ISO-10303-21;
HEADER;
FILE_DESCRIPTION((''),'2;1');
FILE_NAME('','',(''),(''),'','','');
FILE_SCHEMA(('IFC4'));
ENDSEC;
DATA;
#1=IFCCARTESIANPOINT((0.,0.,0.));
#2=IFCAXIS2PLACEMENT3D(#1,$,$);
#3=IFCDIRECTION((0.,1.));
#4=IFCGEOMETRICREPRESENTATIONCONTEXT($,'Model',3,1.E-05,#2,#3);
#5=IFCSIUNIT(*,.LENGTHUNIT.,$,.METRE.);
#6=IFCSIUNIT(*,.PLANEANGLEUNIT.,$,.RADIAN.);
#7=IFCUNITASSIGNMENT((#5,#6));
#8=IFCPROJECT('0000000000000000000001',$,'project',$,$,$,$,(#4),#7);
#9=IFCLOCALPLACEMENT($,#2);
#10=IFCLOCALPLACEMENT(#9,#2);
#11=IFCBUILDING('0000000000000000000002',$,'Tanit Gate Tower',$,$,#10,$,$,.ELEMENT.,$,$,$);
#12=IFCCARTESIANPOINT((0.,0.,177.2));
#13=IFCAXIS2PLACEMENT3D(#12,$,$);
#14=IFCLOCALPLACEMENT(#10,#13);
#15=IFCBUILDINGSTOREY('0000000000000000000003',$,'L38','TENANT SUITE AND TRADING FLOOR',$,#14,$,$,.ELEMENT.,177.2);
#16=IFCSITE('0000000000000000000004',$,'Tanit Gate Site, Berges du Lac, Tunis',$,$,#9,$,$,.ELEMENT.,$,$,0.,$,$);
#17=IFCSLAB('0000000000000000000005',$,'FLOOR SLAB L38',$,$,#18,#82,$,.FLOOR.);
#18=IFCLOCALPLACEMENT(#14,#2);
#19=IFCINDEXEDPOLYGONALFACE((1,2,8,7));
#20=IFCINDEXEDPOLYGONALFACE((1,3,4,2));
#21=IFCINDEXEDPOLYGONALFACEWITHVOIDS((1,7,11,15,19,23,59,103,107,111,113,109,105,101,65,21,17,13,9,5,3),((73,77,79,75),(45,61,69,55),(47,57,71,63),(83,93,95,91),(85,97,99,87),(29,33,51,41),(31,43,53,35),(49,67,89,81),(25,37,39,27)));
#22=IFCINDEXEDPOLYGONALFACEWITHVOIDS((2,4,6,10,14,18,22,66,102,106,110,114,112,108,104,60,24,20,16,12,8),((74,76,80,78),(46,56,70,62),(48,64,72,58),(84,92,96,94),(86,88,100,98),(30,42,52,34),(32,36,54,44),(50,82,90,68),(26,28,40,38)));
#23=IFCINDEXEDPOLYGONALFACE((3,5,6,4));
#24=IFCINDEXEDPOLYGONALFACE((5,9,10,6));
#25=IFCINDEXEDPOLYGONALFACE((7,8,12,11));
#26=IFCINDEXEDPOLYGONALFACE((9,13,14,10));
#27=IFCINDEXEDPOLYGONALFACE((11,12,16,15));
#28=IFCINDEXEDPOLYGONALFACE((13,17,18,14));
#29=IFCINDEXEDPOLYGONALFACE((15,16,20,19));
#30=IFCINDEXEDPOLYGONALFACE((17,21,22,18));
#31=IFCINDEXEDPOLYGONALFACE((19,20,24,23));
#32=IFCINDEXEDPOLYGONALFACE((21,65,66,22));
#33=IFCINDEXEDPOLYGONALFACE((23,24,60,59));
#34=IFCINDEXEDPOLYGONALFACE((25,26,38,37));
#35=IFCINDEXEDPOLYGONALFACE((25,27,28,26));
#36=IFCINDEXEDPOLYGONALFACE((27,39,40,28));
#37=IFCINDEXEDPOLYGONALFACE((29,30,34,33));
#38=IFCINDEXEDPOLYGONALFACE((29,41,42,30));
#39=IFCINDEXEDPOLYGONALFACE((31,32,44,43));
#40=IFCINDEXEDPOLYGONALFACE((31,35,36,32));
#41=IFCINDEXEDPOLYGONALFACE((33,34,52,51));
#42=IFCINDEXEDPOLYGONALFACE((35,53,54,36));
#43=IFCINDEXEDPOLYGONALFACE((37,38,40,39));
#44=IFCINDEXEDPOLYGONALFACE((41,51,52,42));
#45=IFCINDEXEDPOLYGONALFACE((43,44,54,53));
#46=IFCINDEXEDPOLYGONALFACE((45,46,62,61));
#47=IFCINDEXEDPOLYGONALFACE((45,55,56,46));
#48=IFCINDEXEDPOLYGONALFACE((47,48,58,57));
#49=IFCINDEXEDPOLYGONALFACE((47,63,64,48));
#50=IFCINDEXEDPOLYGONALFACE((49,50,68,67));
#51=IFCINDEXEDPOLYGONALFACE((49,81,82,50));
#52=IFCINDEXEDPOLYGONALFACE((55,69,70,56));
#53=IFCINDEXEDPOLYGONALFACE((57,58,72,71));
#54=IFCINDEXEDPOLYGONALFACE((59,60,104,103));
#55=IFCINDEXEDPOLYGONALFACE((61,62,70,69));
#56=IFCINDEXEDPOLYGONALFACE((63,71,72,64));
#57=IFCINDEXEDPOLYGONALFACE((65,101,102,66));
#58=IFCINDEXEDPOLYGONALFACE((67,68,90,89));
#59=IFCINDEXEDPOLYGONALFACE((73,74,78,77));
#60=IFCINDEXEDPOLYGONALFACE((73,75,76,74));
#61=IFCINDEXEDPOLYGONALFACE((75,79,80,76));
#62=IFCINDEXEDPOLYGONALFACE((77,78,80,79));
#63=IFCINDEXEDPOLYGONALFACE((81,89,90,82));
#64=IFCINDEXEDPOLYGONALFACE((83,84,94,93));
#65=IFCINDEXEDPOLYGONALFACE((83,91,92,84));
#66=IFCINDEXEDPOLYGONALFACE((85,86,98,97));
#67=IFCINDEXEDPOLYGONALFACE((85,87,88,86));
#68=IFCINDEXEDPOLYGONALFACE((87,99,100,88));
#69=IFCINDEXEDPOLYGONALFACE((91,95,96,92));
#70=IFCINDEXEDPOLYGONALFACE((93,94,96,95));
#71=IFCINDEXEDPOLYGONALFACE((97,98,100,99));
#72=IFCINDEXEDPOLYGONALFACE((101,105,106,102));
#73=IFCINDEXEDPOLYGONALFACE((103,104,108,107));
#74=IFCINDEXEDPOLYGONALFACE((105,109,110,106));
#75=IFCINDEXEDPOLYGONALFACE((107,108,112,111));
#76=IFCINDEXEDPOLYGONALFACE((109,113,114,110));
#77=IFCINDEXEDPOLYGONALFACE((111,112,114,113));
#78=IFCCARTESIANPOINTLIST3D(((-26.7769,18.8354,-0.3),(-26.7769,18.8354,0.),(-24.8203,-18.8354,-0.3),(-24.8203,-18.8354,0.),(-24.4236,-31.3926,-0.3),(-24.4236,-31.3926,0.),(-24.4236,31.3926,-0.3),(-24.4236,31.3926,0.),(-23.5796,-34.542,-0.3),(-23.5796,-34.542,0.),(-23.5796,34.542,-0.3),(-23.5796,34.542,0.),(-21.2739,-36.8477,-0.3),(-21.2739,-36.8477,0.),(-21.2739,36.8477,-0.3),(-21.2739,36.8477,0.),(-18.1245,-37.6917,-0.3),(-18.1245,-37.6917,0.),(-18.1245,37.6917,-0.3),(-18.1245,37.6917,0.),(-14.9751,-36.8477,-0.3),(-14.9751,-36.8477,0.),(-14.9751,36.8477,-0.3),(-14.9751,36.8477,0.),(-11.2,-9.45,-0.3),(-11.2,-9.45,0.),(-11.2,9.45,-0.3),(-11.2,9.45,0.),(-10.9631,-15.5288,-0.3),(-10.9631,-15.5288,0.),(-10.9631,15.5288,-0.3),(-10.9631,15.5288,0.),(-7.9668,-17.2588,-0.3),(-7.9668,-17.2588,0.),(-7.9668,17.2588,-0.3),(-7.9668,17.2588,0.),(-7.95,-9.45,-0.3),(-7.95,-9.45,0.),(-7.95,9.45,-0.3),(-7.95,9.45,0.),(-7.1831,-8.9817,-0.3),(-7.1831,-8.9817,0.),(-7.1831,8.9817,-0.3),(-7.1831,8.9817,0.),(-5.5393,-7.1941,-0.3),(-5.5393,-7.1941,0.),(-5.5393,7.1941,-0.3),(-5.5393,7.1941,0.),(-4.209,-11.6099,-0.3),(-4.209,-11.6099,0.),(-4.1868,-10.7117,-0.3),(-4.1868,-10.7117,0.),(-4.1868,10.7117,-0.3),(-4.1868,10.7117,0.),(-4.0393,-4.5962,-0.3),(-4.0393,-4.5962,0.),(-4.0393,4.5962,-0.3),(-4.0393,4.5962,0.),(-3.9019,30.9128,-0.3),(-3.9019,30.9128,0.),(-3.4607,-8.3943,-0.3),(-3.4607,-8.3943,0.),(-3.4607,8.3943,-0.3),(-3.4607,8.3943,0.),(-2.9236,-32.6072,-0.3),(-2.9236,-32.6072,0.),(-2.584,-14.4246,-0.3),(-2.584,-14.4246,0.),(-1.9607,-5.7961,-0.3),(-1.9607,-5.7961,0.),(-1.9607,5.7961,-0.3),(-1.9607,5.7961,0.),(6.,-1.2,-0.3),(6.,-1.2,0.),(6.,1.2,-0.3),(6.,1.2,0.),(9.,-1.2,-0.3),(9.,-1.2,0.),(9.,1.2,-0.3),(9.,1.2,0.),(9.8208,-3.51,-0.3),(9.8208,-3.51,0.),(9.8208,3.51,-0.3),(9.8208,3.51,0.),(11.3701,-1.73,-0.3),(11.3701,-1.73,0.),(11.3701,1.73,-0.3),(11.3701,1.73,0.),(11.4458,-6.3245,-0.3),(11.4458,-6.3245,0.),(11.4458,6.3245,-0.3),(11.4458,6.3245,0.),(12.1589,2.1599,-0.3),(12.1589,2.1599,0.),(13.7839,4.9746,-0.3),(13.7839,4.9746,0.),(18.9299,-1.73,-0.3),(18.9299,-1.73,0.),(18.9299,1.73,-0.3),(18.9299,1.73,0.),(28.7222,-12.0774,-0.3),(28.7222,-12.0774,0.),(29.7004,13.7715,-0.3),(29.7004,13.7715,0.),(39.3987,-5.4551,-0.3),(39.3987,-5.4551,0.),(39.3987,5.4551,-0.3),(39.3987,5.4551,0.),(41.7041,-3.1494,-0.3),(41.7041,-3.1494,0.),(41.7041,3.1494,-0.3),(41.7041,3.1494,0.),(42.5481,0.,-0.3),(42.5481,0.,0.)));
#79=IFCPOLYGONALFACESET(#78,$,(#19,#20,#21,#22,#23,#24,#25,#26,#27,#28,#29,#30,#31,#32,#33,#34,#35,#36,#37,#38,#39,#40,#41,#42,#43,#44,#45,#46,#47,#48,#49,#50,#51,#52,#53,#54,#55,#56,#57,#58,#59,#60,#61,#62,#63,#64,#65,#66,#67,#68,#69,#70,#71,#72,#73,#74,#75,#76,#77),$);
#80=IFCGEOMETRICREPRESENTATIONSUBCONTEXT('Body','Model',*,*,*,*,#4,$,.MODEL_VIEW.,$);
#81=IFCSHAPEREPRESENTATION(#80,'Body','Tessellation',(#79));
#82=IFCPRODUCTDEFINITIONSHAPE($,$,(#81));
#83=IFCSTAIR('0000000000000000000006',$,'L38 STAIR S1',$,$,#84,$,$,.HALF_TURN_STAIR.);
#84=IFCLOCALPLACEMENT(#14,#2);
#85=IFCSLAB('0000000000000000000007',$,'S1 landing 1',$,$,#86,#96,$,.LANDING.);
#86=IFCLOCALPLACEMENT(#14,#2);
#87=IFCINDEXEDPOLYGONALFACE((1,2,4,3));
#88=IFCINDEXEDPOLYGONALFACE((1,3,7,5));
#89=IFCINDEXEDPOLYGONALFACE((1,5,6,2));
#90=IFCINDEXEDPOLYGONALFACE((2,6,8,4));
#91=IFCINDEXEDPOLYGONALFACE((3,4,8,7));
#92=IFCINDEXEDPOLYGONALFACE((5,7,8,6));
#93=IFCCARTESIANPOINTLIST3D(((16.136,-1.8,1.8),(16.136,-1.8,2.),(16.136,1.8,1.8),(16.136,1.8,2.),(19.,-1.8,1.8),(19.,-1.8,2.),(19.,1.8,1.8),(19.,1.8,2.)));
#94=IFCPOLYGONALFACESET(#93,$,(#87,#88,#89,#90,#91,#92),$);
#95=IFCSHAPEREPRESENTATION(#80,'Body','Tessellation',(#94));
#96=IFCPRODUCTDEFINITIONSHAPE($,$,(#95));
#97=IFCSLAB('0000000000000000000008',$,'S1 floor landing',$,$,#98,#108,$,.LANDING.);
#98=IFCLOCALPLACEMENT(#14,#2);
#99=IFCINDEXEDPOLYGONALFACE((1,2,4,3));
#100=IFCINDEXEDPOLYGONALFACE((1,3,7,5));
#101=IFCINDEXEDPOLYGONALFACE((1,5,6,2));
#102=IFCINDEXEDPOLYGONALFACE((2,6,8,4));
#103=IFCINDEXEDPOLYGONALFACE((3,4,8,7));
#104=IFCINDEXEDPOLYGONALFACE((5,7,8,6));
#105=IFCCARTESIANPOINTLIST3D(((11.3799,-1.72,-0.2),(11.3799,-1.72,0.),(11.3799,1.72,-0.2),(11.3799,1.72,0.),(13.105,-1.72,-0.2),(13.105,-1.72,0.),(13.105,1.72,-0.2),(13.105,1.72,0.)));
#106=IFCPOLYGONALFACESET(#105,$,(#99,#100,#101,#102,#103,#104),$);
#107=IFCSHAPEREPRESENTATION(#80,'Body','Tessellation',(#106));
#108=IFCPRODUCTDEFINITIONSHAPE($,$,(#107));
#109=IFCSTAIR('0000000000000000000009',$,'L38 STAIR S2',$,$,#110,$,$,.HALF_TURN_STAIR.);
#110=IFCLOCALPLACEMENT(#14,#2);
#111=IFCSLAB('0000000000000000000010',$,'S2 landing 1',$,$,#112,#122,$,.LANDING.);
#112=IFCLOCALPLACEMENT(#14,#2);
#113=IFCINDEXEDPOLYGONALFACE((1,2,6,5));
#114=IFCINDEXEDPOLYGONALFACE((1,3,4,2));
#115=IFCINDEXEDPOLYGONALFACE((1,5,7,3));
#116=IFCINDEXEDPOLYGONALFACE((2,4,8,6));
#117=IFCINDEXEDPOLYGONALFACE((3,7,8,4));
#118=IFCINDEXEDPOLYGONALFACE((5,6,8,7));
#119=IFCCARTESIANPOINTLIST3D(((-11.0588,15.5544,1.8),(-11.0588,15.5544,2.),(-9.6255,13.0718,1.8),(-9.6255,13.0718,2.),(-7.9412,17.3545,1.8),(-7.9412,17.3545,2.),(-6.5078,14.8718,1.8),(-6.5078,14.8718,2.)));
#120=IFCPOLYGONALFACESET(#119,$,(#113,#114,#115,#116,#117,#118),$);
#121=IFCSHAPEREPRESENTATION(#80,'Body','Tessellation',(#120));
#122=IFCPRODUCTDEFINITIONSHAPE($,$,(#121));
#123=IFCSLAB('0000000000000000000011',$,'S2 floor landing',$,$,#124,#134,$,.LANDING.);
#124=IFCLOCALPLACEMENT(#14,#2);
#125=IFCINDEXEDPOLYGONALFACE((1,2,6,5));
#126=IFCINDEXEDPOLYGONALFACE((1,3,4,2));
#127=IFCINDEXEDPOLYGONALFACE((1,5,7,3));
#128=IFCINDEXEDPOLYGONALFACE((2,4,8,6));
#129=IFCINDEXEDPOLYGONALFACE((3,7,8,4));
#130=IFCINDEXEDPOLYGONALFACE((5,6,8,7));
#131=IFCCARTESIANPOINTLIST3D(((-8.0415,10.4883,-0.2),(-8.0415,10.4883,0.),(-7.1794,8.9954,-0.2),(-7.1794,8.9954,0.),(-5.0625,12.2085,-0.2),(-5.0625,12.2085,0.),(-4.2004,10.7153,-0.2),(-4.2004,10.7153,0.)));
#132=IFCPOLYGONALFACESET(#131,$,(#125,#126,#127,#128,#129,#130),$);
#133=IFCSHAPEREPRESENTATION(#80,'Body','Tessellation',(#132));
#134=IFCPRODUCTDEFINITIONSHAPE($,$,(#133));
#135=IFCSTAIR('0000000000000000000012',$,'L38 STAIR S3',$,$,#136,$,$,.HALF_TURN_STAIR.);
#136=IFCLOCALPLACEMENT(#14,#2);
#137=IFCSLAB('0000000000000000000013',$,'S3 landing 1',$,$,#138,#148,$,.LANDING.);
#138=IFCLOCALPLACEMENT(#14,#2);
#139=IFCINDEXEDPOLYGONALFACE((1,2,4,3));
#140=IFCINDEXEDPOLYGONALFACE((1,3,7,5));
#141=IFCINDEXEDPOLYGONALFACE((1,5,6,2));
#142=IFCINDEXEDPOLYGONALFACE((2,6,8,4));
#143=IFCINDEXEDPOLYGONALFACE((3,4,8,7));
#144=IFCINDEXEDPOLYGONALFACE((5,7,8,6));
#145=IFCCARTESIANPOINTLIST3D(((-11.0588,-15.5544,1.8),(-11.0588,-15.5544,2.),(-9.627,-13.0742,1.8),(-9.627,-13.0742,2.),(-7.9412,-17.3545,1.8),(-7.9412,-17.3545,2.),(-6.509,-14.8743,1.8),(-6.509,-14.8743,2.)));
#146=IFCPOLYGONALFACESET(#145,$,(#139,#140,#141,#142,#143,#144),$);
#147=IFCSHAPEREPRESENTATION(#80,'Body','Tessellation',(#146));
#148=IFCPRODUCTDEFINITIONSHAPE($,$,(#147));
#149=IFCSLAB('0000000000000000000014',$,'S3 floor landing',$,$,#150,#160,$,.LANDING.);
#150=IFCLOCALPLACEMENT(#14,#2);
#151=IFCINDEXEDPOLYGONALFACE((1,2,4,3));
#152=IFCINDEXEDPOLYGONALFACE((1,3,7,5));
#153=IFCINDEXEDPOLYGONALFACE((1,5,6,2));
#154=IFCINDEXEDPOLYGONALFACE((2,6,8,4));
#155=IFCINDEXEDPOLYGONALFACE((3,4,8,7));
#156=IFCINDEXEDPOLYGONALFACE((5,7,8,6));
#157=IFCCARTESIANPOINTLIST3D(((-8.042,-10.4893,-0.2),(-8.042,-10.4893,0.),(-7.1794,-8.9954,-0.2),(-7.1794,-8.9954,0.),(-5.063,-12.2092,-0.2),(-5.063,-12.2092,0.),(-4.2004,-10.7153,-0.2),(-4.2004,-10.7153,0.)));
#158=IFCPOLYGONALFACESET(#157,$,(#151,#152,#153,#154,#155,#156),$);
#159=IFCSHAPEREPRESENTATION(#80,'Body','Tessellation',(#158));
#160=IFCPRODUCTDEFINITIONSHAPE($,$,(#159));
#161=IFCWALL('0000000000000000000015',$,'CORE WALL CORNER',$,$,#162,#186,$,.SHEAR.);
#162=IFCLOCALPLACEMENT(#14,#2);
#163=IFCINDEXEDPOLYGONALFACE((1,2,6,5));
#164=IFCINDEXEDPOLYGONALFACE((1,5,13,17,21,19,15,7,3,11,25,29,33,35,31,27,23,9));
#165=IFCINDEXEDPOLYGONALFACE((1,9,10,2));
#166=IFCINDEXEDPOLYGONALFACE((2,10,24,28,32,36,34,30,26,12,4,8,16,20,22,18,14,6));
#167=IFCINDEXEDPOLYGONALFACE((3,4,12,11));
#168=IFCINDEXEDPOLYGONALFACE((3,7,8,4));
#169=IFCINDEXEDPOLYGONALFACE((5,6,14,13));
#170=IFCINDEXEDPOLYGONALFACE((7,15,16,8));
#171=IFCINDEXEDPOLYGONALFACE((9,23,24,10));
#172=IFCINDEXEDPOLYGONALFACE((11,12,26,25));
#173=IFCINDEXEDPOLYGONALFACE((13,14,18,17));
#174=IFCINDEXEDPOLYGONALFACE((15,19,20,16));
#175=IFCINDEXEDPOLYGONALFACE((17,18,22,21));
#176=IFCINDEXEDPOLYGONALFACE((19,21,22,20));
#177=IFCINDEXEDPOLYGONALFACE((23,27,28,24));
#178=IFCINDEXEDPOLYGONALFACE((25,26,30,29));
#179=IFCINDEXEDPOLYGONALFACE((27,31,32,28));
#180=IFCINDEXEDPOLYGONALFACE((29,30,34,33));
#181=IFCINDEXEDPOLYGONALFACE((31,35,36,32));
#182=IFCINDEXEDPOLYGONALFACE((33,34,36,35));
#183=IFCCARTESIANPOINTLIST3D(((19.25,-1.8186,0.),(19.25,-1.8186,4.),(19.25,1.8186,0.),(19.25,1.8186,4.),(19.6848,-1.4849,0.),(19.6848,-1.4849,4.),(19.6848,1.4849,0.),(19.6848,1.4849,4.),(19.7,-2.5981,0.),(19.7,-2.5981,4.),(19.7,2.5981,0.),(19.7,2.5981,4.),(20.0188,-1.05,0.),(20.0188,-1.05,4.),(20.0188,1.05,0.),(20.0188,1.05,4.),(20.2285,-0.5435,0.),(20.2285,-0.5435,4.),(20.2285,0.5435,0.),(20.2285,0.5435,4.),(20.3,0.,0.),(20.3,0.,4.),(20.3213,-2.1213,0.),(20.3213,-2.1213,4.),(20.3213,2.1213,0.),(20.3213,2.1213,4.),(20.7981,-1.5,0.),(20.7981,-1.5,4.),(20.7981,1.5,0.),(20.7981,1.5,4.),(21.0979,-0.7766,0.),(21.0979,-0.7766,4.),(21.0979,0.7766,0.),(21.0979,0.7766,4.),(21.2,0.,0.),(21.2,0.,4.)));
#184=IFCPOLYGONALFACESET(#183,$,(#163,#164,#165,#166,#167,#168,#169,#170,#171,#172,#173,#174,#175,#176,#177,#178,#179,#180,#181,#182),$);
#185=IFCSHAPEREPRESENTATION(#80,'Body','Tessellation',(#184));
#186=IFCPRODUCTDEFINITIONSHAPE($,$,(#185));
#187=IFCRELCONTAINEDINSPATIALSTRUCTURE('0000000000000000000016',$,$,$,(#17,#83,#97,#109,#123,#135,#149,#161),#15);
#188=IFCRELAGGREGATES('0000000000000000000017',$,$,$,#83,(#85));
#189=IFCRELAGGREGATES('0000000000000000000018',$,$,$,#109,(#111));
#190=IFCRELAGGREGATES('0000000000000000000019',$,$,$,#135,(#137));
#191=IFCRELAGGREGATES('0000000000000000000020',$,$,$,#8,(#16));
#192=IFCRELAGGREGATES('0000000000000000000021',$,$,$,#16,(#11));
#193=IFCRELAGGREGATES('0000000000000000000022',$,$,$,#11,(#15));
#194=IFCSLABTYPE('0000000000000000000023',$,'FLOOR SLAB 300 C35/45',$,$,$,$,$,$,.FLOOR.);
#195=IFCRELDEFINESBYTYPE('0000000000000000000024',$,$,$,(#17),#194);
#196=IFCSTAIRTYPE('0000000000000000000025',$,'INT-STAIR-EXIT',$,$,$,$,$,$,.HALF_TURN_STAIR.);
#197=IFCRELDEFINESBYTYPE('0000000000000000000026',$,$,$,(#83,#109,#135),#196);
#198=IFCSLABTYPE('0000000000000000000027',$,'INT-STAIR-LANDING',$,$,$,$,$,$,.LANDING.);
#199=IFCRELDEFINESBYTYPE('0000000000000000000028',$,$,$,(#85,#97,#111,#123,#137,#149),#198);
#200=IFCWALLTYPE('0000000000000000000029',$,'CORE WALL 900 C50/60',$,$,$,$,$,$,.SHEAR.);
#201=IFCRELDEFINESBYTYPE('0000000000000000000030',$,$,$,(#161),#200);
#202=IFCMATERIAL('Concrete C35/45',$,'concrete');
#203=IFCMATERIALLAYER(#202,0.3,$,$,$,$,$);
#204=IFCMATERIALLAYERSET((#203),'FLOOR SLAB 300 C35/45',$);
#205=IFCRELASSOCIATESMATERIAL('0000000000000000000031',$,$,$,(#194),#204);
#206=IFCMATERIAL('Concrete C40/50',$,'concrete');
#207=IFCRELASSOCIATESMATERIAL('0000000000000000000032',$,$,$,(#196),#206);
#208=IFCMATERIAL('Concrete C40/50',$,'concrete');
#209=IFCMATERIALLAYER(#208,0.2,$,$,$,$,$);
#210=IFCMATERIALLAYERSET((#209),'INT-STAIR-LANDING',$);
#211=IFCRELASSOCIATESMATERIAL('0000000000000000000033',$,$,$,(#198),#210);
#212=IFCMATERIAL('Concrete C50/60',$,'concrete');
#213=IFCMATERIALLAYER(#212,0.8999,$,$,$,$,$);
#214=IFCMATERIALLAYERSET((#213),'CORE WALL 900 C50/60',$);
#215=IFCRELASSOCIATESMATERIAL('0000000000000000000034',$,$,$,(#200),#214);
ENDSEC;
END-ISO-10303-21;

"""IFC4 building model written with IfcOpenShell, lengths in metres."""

from ifc_helpers import new_model, si_unit, direction, frame, origin, place, context, subcontext, project, spatial, polyline, outline, extrude, material, layer, layer_set, type_object, element, aggregate, save


model = new_model("IFC4")

# Units and contexts
model_context = context("Model", 3, precision=1e-05, world=origin(), true_north=direction((0.0, 1.0)))
body_context = subcontext(model_context, "Body", "Model", "MODEL_VIEW")
ifc_project = project(units=[si_unit("LENGTHUNIT", "METRE"), si_unit("PLANEANGLEUNIT", "RADIAN")], contexts=[model_context])

# Site, building, storey
site_placement = place(None, origin())
site = spatial("IfcSite", under=ifc_project, at=site_placement, Name="Tanit Gate Site, Berges du Lac, Tunis", CompositionType="ELEMENT", RefElevation=0.0)
building_placement = place(site_placement, origin())
building = spatial("IfcBuilding", under=site, at=building_placement, Name="Tanit Gate Tower", CompositionType="ELEMENT")
storey_placement = place(building_placement, frame((0.0, 0.0, 177.2)))
storey = spatial("IfcBuildingStorey", under=building, at=storey_placement, Name="L38", Description="TENANT SUITE AND TRADING FLOOR", CompositionType="ELEMENT", Elevation=177.2)

# Slab
ifc_material_1 = material(Name="Concrete C35/45", Category="concrete")
ifc_layer_1 = layer(ifc_material_1, 0.3)
ifc_layer_set_1 = layer_set([ifc_layer_1], Name="FLOOR SLAB 300 C35/45")
slab_type_1 = type_object("IfcSlabType", Name="FLOOR SLAB 300 C35/45", PredefinedType="FLOOR", material=ifc_layer_set_1)
slab_1_placement = place(storey_placement, frame((0.0, 0.0, -0.3)))
element("IfcSlab", 1, at=slab_1_placement, inside=storey, type_object=slab_type_1, Name="FLOOR SLAB L38", PredefinedType="FLOOR", context=body_context, shape_type="SweptSolid", body=[
    extrude(outline(polyline([(39.3987, 5.4551), (41.7041, 3.1494), (42.5481, 0.0), (41.7041, -3.1494), (39.3987, -5.4551), (28.7222, -12.0774), (-2.9236, -32.6072), (-14.9751, -36.8477), (-18.1245, -37.6917), (-21.2739, -36.8477), (-23.5796, -34.542), (-24.4236, -31.3926), (-24.8203, -18.8354), (-26.7769, 18.8354), (-24.4236, 31.3926), (-23.5796, 34.542), (-21.2739, 36.8477), (-18.1245, 37.6917), (-14.9751, 36.8477), (-3.9019, 30.9128), (29.7004, 13.7715), (39.3987, 5.4551)]), holes=[polyline([(11.3701, 1.73), (18.9299, 1.73), (18.9299, -1.73), (11.3701, -1.73), (11.3701, 1.73)]), polyline([(9.8208, 3.51), (11.4458, 6.3245), (13.7839, 4.9746), (12.1589, 2.1599), (9.8208, 3.51)]), polyline([(-4.209, -11.6099), (9.8208, -3.51), (11.4458, -6.3245), (-2.584, -14.4246), (-4.209, -11.6099)]), polyline([(6.0, 1.2), (9.0, 1.2), (9.0, -1.2), (6.0, -1.2), (6.0, 1.2)]), polyline([(-5.5393, 7.1941), (-3.4607, 8.3943), (-1.9607, 5.7961), (-4.0393, 4.5962), (-5.5393, 7.1941)]), polyline([(-1.9607, -5.7961), (-3.4607, -8.3943), (-5.5393, -7.1941), (-4.0393, -4.5962), (-1.9607, -5.7961)]), polyline([(-10.9631, 15.5288), (-7.9668, 17.2588), (-4.1868, 10.7117), (-7.1831, 8.9817), (-10.9631, 15.5288)]), polyline([(-4.1868, -10.7117), (-7.9668, -17.2588), (-10.9631, -15.5288), (-7.1831, -8.9817), (-4.1868, -10.7117)]), polyline([(-11.2, -9.45), (-11.2, 9.45), (-7.95, 9.45), (-7.95, -9.45), (-11.2, -9.45)])]), origin(), (0.0, 0.0, 1.0), 0.3),
])

# Stair, slab
ifc_material_2 = material(Name="Concrete C40/50", Category="concrete")
stair_type = type_object("IfcStairType", Name="INT-STAIR-EXIT", PredefinedType="HALF_TURN_STAIR", material=ifc_material_2)
stair_1_placement = place(storey_placement, origin())
stair_1 = element("IfcStair", 2, at=stair_1_placement, inside=storey, type_object=stair_type, Name="L38 STAIR S1", PredefinedType="HALF_TURN_STAIR")
ifc_material_3 = material(Name="Concrete C40/50", Category="concrete")
ifc_layer_2 = layer(ifc_material_3, 0.2)
ifc_layer_set_2 = layer_set([ifc_layer_2], Name="INT-STAIR-LANDING")
slab_type_2 = type_object("IfcSlabType", Name="INT-STAIR-LANDING", PredefinedType="LANDING", material=ifc_layer_set_2)
slab_2_placement = place(storey_placement, frame((0.0, 0.0, 1.8)))
slab_2 = element("IfcSlab", 3, at=slab_2_placement, type_object=slab_type_2, Name="S1 landing 1", PredefinedType="LANDING", context=body_context, shape_type="SweptSolid", body=[
    extrude(outline(polyline([(16.136, -1.8), (19.0, -1.8), (19.0, 1.8), (16.136, 1.8), (16.136, -1.8)])), origin(), (0.0, 0.0, 1.0), 0.2),
])
aggregate(stair_1, [slab_2])

# Slab
slab_3_placement = place(storey_placement, frame((0.0, 0.0, -0.2)))
element("IfcSlab", 4, at=slab_3_placement, inside=storey, type_object=slab_type_2, Name="S1 floor landing", PredefinedType="LANDING", context=body_context, shape_type="SweptSolid", body=[
    extrude(outline(polyline([(11.3799, -1.72), (13.105, -1.72), (13.105, 1.72), (11.3799, 1.72), (11.3799, -1.72)])), origin(), (0.0, 0.0, 1.0), 0.2),
])

# Stair, slab
stair_2_placement = place(storey_placement, origin())
stair_2 = element("IfcStair", 5, at=stair_2_placement, inside=storey, type_object=stair_type, Name="L38 STAIR S2", PredefinedType="HALF_TURN_STAIR")
slab_4_placement = place(storey_placement, frame((0.0, 0.0, 1.8)))
slab_4 = element("IfcSlab", 6, at=slab_4_placement, type_object=slab_type_2, Name="S2 landing 1", PredefinedType="LANDING", context=body_context, shape_type="SweptSolid", body=[
    extrude(outline(polyline([(-6.5078, 14.8718), (-7.9412, 17.3545), (-11.0588, 15.5544), (-9.6255, 13.0718), (-6.5078, 14.8718)])), origin(), (0.0, 0.0, 1.0), 0.2),
])
aggregate(stair_2, [slab_4])

# Slab
slab_5_placement = place(storey_placement, frame((0.0, 0.0, -0.2)))
element("IfcSlab", 7, at=slab_5_placement, inside=storey, type_object=slab_type_2, Name="S2 floor landing", PredefinedType="LANDING", context=body_context, shape_type="SweptSolid", body=[
    extrude(outline(polyline([(-4.2004, 10.7153), (-5.0625, 12.2085), (-8.0415, 10.4883), (-7.1794, 8.9954), (-4.2004, 10.7153)])), origin(), (0.0, 0.0, 1.0), 0.2),
])

# Stair, slab
stair_3_placement = place(storey_placement, origin())
stair_3 = element("IfcStair", 8, at=stair_3_placement, inside=storey, type_object=stair_type, Name="L38 STAIR S3", PredefinedType="HALF_TURN_STAIR")
slab_6_placement = place(storey_placement, frame((0.0, 0.0, 1.8)))
slab_6 = element("IfcSlab", 9, at=slab_6_placement, type_object=slab_type_2, Name="S3 landing 1", PredefinedType="LANDING", context=body_context, shape_type="SweptSolid", body=[
    extrude(outline(polyline([(-9.627, -13.0742), (-11.0588, -15.5544), (-7.9412, -17.3545), (-6.509, -14.8743), (-9.627, -13.0742)])), origin(), (0.0, 0.0, 1.0), 0.2),
])
aggregate(stair_3, [slab_6])

# Slab
slab_7_placement = place(storey_placement, frame((0.0, 0.0, -0.2)))
element("IfcSlab", 10, at=slab_7_placement, inside=storey, type_object=slab_type_2, Name="S3 floor landing", PredefinedType="LANDING", context=body_context, shape_type="SweptSolid", body=[
    extrude(outline(polyline([(-7.1794, -8.9954), (-8.042, -10.4893), (-5.063, -12.2092), (-4.2004, -10.7153), (-7.1794, -8.9954)])), origin(), (0.0, 0.0, 1.0), 0.2),
])

# Wall
ifc_material_4 = material(Name="Concrete C50/60", Category="concrete")
ifc_layer_3 = layer(ifc_material_4, 0.8999)
ifc_layer_set_3 = layer_set([ifc_layer_3], Name="CORE WALL 900 C50/60")
wall_type_1 = type_object("IfcWallType", Name="CORE WALL 900 C50/60", PredefinedType="SHEAR", material=ifc_layer_set_3)
wall_1_placement = place(storey_placement, origin())
element("IfcWall", 11, at=wall_1_placement, inside=storey, type_object=wall_type_1, Name="CORE WALL CORNER", PredefinedType="SHEAR", context=body_context, shape_type="SweptSolid", body=[
    extrude(outline(polyline([(19.7, -2.5981), (20.3213, -2.1213), (20.7981, -1.5), (21.0979, -0.7766), (21.2, 0.0), (21.0979, 0.7766), (20.7981, 1.5), (20.3213, 2.1213), (19.7, 2.5981), (19.25, 1.8186), (19.6848, 1.4849), (20.0188, 1.05), (20.2285, 0.5435), (20.3, 0.0), (20.2285, -0.5435), (20.0188, -1.05), (19.6848, -1.4849), (19.25, -1.8186), (19.7, -2.5981)])), origin(), (0.0, 0.0, 1.0), 4.0),
])

save(model, "model.ifc")
